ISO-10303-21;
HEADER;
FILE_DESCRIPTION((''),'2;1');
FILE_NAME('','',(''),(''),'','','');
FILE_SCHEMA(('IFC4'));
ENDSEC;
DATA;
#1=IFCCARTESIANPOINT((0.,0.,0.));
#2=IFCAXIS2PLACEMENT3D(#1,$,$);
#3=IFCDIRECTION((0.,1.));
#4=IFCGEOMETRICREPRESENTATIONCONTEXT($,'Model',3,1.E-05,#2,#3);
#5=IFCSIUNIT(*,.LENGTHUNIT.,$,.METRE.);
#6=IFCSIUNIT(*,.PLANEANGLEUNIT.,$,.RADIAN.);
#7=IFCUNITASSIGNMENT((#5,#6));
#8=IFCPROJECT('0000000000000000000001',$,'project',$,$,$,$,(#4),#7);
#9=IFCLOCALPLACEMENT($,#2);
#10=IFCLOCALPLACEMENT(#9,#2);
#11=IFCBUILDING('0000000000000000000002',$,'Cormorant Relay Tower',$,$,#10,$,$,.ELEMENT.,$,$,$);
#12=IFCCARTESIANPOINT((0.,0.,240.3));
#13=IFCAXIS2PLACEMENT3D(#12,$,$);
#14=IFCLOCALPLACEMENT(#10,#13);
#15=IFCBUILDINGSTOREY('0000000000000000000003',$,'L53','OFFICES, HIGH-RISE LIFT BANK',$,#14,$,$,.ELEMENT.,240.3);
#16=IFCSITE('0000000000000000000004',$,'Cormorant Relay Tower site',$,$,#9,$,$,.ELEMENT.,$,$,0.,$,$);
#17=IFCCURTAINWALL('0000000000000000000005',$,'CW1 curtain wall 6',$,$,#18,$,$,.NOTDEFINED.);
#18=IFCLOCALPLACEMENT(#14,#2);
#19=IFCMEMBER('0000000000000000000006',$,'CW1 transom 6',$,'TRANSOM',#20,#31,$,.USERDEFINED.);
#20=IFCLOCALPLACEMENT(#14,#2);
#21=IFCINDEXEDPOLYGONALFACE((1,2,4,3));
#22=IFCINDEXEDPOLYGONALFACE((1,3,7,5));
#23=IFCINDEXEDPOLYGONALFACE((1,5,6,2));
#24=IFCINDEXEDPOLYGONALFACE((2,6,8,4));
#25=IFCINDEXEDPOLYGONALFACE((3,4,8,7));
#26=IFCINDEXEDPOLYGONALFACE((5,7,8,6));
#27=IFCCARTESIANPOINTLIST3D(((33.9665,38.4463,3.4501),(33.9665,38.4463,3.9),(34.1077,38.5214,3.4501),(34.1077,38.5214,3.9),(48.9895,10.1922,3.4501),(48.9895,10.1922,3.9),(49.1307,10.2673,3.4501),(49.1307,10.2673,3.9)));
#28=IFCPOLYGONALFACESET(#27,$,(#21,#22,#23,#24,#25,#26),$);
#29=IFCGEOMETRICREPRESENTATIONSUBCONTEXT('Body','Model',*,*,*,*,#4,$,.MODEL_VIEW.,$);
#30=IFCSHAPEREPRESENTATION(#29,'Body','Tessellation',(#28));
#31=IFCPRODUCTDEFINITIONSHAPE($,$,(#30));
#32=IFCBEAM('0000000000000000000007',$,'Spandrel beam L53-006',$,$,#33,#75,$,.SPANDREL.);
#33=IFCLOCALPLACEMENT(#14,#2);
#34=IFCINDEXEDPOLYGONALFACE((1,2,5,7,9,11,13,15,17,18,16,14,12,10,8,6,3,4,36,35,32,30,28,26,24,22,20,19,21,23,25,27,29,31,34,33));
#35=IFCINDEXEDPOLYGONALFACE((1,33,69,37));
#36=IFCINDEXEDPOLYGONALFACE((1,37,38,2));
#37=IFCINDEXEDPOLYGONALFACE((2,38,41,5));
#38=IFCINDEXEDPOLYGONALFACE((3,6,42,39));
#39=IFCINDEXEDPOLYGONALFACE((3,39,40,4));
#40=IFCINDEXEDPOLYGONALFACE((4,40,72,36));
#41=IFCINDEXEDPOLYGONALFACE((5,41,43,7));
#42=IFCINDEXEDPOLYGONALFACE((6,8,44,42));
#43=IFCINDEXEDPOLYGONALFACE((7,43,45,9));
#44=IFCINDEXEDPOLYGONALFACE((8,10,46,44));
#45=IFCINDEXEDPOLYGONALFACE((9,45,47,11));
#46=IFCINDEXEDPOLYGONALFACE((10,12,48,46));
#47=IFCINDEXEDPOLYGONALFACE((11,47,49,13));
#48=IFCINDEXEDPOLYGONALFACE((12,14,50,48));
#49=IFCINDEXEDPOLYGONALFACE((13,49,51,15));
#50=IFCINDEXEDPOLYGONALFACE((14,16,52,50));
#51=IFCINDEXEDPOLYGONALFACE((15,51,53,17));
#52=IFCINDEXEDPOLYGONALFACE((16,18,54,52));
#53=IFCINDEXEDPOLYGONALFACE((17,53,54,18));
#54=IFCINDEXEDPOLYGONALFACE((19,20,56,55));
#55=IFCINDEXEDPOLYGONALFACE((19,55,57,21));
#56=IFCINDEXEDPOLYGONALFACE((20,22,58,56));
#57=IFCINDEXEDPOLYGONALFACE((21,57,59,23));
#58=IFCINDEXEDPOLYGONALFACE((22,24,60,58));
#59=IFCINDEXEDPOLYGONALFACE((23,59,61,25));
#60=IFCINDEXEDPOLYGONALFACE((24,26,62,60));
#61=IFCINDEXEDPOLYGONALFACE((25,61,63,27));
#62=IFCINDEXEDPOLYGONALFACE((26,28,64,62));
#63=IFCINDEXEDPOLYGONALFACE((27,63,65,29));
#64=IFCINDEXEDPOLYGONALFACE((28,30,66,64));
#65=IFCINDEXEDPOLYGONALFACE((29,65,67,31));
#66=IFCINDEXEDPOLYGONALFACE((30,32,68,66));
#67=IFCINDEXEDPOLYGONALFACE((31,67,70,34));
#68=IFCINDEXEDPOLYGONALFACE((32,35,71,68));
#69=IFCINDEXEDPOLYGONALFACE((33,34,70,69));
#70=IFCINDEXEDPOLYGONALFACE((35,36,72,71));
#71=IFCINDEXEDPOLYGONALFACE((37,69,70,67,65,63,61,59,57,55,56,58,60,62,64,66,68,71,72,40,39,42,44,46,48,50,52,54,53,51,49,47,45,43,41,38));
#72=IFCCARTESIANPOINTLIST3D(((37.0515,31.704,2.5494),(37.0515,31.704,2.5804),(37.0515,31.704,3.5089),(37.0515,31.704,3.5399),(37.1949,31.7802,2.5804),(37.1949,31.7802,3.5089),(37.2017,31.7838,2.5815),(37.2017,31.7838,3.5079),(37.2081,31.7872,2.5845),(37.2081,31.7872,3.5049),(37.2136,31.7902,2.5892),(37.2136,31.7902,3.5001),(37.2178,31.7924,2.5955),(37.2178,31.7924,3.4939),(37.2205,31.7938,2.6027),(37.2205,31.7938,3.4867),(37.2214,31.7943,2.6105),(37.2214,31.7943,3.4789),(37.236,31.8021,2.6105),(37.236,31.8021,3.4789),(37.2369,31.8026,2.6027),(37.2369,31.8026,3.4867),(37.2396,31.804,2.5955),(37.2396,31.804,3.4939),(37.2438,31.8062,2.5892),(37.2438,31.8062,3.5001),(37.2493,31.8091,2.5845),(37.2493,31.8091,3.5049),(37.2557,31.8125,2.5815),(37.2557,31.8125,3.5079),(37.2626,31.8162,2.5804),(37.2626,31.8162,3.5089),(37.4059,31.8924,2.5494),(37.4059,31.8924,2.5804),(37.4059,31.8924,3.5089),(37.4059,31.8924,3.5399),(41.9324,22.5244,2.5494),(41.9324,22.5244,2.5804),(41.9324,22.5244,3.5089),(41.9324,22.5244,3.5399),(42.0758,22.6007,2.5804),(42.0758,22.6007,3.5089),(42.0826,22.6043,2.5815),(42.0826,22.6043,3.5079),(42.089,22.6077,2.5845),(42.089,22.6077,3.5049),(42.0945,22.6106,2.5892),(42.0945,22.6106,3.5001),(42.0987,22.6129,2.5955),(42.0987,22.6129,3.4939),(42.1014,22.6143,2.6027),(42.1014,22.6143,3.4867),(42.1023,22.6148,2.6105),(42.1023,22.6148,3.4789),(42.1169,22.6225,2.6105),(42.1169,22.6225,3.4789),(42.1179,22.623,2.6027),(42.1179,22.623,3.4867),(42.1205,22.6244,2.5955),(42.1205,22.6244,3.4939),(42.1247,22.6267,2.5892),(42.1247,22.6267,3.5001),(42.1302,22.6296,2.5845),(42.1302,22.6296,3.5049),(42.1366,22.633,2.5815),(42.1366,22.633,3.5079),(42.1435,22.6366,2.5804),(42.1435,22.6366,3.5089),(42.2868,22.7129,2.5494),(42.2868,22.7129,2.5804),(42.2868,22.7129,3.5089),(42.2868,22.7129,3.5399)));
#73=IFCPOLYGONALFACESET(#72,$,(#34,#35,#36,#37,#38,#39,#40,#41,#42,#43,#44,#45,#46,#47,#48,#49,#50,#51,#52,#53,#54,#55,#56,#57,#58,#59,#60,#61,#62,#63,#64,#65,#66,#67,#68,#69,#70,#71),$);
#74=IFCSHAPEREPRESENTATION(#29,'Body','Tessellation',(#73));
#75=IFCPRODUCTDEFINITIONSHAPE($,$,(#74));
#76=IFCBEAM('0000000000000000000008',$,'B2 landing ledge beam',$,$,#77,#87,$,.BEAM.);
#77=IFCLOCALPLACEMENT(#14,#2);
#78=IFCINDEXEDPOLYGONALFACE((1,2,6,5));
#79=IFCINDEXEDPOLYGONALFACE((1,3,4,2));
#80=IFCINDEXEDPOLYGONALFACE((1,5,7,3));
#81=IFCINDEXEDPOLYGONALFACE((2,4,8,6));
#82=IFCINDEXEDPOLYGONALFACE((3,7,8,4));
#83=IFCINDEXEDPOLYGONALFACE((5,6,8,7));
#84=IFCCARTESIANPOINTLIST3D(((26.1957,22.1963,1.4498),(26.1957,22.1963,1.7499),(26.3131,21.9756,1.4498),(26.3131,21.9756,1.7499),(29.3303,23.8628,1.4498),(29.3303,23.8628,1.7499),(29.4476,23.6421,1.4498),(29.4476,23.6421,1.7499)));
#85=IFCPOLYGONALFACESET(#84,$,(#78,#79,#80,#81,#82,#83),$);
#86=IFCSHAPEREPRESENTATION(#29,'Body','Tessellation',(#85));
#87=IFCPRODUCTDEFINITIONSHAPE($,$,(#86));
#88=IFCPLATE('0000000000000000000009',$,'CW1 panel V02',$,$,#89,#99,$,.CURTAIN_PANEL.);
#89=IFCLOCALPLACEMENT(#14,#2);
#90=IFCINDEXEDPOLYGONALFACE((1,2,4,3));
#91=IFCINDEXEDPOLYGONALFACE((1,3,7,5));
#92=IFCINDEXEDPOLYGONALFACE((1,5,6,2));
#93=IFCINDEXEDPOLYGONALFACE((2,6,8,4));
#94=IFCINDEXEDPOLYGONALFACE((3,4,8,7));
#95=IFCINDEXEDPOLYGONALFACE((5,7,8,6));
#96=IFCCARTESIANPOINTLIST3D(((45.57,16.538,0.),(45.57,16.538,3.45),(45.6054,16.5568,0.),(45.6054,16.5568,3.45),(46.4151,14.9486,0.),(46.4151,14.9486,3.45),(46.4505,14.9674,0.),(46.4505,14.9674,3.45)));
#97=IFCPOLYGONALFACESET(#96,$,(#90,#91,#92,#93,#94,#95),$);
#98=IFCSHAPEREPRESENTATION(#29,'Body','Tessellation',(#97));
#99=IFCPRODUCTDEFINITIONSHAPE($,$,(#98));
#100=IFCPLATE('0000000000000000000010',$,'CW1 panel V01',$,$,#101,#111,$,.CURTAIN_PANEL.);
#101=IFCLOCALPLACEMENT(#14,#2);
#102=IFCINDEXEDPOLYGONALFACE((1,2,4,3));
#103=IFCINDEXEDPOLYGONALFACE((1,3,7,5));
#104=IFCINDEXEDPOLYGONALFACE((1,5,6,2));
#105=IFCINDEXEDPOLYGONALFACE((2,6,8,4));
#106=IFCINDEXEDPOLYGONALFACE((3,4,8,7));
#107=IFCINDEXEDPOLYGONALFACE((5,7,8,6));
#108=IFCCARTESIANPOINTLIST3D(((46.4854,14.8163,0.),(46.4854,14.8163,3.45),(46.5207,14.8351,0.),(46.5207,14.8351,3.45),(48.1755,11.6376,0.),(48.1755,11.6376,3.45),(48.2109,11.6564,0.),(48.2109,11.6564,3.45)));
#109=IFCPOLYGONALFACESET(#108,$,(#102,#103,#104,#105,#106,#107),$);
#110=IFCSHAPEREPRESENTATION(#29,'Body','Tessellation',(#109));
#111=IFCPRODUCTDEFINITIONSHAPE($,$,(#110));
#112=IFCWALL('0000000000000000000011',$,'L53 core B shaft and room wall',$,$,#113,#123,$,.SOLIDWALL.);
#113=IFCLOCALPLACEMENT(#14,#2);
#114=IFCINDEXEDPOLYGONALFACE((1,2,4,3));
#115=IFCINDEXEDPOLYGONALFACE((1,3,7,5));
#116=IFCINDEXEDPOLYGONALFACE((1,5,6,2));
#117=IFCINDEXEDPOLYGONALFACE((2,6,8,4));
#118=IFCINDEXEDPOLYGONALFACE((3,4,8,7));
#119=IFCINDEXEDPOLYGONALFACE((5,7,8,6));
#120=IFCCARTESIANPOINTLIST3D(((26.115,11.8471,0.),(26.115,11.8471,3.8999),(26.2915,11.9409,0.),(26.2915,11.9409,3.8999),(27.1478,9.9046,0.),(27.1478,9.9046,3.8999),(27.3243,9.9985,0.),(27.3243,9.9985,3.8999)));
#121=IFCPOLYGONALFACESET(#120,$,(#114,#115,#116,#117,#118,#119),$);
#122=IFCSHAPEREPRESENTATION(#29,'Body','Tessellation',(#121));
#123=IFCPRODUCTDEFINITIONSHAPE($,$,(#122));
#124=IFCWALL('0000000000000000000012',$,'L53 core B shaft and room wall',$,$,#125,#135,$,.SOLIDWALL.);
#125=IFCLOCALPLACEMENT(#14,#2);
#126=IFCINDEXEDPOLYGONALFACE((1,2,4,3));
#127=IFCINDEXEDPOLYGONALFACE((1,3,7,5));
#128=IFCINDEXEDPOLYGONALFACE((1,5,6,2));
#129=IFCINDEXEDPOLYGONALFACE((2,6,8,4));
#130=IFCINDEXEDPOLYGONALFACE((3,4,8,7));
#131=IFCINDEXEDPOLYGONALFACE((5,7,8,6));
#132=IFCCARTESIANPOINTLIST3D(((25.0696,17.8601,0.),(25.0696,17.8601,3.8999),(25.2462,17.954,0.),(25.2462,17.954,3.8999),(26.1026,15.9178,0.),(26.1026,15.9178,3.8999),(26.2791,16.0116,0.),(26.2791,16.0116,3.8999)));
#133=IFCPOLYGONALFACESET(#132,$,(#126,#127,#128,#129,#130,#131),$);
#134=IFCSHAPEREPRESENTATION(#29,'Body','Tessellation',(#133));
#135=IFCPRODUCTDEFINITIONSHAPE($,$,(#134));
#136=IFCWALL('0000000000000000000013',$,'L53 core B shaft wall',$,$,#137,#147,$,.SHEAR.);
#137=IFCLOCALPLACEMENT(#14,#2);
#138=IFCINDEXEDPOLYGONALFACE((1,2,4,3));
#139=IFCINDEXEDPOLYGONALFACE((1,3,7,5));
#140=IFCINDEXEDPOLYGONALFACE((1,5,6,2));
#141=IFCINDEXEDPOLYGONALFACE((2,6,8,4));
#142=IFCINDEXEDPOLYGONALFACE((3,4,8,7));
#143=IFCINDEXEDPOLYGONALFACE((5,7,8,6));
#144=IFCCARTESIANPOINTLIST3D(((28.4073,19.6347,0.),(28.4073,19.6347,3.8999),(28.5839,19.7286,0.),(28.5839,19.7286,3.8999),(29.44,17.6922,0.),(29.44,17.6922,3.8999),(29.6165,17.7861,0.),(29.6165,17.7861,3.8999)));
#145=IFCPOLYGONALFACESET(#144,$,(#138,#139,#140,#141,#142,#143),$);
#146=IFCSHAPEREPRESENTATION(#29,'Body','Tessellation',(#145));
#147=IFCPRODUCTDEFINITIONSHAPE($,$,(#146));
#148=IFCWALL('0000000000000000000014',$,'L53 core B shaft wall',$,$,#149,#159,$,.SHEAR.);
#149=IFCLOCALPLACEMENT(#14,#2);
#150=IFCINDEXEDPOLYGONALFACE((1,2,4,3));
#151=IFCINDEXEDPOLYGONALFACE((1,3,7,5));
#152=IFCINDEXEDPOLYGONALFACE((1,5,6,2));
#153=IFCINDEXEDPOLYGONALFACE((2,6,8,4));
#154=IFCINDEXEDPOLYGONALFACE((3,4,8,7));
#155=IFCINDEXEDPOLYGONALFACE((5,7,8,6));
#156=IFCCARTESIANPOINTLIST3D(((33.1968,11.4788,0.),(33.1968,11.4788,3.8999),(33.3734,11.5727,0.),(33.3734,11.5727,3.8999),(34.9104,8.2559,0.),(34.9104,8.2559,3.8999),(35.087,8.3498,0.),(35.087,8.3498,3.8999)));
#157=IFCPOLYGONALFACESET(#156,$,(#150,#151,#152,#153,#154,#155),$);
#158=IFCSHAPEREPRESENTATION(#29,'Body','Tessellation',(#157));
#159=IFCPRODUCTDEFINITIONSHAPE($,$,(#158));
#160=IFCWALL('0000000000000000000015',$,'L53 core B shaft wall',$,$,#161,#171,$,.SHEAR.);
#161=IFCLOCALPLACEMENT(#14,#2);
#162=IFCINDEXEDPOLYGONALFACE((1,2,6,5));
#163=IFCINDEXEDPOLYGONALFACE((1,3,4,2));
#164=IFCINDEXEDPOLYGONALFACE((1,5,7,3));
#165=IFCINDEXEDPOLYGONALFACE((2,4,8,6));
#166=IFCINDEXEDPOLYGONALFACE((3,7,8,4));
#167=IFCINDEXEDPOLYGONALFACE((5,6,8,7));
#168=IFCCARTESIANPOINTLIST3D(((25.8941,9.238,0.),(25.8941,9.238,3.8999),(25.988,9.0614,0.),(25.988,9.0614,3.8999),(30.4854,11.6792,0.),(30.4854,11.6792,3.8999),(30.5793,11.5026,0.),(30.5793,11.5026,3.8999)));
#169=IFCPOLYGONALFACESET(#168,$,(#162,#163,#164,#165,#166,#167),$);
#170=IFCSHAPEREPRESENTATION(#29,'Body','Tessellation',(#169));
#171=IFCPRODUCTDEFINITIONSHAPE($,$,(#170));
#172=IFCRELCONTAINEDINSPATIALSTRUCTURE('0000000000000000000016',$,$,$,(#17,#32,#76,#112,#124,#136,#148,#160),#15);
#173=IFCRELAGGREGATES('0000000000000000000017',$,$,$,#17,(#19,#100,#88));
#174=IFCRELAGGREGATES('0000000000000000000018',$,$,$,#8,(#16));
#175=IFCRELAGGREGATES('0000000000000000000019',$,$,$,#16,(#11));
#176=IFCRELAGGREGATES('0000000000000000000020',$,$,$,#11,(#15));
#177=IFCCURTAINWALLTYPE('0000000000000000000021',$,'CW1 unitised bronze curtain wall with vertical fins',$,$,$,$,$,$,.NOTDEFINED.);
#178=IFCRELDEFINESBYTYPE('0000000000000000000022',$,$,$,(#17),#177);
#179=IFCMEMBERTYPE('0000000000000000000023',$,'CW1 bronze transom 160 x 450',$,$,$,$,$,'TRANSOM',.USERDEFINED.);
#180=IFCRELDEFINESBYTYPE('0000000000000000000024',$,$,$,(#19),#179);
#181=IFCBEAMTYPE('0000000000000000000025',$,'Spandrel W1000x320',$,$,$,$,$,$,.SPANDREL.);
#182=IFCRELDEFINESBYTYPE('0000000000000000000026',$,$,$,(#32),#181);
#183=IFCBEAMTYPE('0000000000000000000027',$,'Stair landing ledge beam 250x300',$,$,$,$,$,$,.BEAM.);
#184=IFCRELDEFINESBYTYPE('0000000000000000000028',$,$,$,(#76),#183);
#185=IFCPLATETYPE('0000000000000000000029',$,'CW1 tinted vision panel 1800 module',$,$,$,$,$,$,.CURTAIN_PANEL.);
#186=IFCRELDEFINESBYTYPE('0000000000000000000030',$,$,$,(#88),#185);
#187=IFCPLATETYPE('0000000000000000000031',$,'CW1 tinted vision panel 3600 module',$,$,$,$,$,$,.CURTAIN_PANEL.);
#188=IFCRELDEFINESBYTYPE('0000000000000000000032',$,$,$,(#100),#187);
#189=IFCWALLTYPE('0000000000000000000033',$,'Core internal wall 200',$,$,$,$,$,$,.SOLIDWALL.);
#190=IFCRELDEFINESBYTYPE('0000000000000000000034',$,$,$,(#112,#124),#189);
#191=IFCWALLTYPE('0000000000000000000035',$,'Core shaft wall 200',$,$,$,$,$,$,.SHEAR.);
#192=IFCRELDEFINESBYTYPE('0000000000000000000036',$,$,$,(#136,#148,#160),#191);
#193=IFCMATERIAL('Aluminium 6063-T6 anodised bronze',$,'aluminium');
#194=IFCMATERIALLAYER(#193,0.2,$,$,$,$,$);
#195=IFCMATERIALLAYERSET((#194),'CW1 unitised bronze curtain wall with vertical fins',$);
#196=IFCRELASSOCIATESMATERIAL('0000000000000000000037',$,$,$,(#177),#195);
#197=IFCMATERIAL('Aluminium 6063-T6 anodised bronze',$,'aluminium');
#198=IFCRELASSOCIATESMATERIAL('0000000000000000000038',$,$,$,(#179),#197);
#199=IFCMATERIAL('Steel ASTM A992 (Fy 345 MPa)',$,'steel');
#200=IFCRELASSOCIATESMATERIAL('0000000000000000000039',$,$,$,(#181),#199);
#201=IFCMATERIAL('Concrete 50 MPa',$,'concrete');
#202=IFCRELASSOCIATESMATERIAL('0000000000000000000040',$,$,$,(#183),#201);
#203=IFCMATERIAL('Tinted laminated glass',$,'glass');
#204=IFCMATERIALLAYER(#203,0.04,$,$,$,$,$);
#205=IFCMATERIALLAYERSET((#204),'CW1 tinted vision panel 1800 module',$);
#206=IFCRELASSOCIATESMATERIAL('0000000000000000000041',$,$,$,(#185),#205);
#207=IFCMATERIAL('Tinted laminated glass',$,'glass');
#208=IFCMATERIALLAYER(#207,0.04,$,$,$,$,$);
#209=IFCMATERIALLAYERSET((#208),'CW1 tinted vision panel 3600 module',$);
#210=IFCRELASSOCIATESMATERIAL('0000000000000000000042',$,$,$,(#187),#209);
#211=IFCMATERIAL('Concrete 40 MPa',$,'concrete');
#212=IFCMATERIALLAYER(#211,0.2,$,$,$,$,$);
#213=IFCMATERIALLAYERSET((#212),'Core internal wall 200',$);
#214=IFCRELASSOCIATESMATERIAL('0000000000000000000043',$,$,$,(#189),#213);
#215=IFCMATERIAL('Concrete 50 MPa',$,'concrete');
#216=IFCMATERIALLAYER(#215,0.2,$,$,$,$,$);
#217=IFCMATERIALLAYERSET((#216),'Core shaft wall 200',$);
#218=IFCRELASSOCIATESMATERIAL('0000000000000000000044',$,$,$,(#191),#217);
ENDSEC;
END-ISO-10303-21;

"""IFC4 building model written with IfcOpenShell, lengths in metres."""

from ifc_helpers import new_model, si_unit, direction, frame, frame_2d, origin, origin_2d, place, context, subcontext, project, spatial, rectangle, i_section, extrude, material, layer, layer_set, material_profile, profile_set, type_object, element, aggregate, save


model = new_model("IFC4")

# Units and contexts
model_context = context("Model", 3, precision=1e-05, world=origin(), true_north=direction((0.0, 1.0)))
body_context = subcontext(model_context, "Body", "Model", "MODEL_VIEW")
ifc_project = project(units=[si_unit("LENGTHUNIT", "METRE"), si_unit("PLANEANGLEUNIT", "RADIAN")], contexts=[model_context])

# Site, building, storey
site_placement = place(None, origin())
site = spatial("IfcSite", under=ifc_project, at=site_placement, Name="Cormorant Relay Tower site", CompositionType="ELEMENT", RefElevation=0.0)
building_placement = place(site_placement, origin())
building = spatial("IfcBuilding", under=site, at=building_placement, Name="Cormorant Relay Tower", CompositionType="ELEMENT")
storey_placement = place(building_placement, frame((0.0, 0.0, 240.3)))
storey = spatial("IfcBuildingStorey", under=building, at=storey_placement, Name="L53", Description="OFFICES, HIGH-RISE LIFT BANK", CompositionType="ELEMENT", Elevation=240.3)

# Curtain wall, member
ifc_material_1 = material(Name="Aluminium 6063-T6 anodised bronze", Category="aluminium")
ifc_layer_1 = layer(ifc_material_1, 0.2)
ifc_layer_set_1 = layer_set([ifc_layer_1], Name="CW1 unitised bronze curtain wall with vertical fins")
curtain_wall_type = type_object("IfcCurtainWallType", Name="CW1 unitised bronze curtain wall with vertical fins", PredefinedType="NOTDEFINED", material=ifc_layer_set_1)
curtain_wall_1_placement = place(storey_placement, origin())
curtain_wall_1 = element("IfcCurtainWall", 1, at=curtain_wall_1_placement, inside=storey, type_object=curtain_wall_type, Name="CW1 curtain wall 6", PredefinedType="NOTDEFINED")
ifc_material_2 = material(Name="Aluminium 6063-T6 anodised bronze", Category="aluminium")
ifc_material_profile_1 = material_profile(ifc_material_2, rectangle(XDim=0.1599, YDim=0.45, at=origin_2d()), Name="AL 160x450")
ifc_profile_set_1 = profile_set([ifc_material_profile_1], Name="Aluminium 6063-T6 anodised bronze")
member_type_1 = type_object("IfcMemberType", Name="CW1 bronze transom 160 x 450", ElementType="TRANSOM", PredefinedType="USERDEFINED", material=ifc_profile_set_1)
member_1_placement = place(storey_placement, frame((49.0601, 10.2297, 3.675), z_axis=(-0.46947, 0.882948, 0.0), x_axis=(-0.882948, -0.46947, 0.0)))
member_1 = element("IfcMember", 2, at=member_1_placement, type_object=member_type_1, Name="CW1 transom 6", ObjectType="TRANSOM", PredefinedType="USERDEFINED", context=body_context, shape_type="SweptSolid", body=[
    extrude(rectangle(XDim=0.1599, YDim=0.45, at=origin_2d()), origin(), (0.0, 0.0, 1.0), 31.9998),
])

# Beams
ifc_material_3 = material(Name="Steel ASTM A992 (Fy 345 MPa)", Category="steel")
ifc_material_profile_2 = material_profile(ifc_material_3, i_section(OverallWidth=0.4014, OverallDepth=0.9905, WebThickness=0.0166, FlangeThickness=0.031, FilletRadius=0.03, at=origin_2d()), Name="W1000x320")
ifc_profile_set_2 = profile_set([ifc_material_profile_2], Name="Steel ASTM A992 (Fy 345 MPa)")
beam_type_1 = type_object("IfcBeamType", Name="Spandrel W1000x320", PredefinedType="SPANDREL", material=ifc_profile_set_2)
beam_1_placement = place(storey_placement, frame((42.1096, 22.6187, 3.0447), z_axis=(-0.469476, 0.882945, 0.0), x_axis=(-0.882945, -0.469476, 0.0)))
element("IfcBeam", 3, at=beam_1_placement, inside=storey, type_object=beam_type_1, Name="Spandrel beam L53-006", PredefinedType="SPANDREL", context=body_context, shape_type="SweptSolid", body=[
    extrude(i_section(OverallWidth=0.4014, OverallDepth=0.9905, WebThickness=0.0166, FlangeThickness=0.031, FilletRadius=0.03, at=origin_2d()), origin(), (0.0, 0.0, 1.0), 10.3965),
])
ifc_material_4 = material(Name="Concrete 50 MPa", Category="concrete")
ifc_material_profile_3 = material_profile(ifc_material_4, rectangle(XDim=0.25, YDim=0.3, at=origin_2d()), Name="RC 250x300")
ifc_profile_set_3 = profile_set([ifc_material_profile_3], Name="Concrete 50 MPa")
beam_type_2 = type_object("IfcBeamType", Name="Stair landing ledge beam 250x300", PredefinedType="BEAM", material=ifc_profile_set_3)
beam_2_placement = place(storey_placement, frame((26.2544, 22.0859, 1.5999), z_axis=(0.882965, 0.469438, 0.0), x_axis=(-0.469438, 0.882965, 0.0)))
element("IfcBeam", 4, at=beam_2_placement, inside=storey, type_object=beam_type_2, Name="B2 landing ledge beam", PredefinedType="BEAM", context=body_context, shape_type="SweptSolid", body=[
    extrude(rectangle(XDim=0.25, YDim=0.3, at=origin_2d()), origin(), (0.0, 0.0, 1.0), 3.55),
])

# Plates
ifc_material_5 = material(Name="Tinted laminated glass", Category="glass")
ifc_layer_2 = layer(ifc_material_5, 0.04)
ifc_layer_set_2 = layer_set([ifc_layer_2], Name="CW1 tinted vision panel 1800 module")
plate_type_1 = type_object("IfcPlateType", Name="CW1 tinted vision panel 1800 module", PredefinedType="CURTAIN_PANEL", material=ifc_layer_set_2)
plate_1_placement = place(storey_placement, frame((46.0103, 15.7527, 0.0), z_axis=(0.0, 0.0, 1.0), x_axis=(-0.469472, 0.882948, 0.0)))
plate_1 = element("IfcPlate", 5, at=plate_1_placement, type_object=plate_type_1, Name="CW1 panel V02", PredefinedType="CURTAIN_PANEL", context=body_context, shape_type="SweptSolid", body=[
    extrude(rectangle(XDim=1.8, YDim=0.04, at=origin_2d()), origin(), (0.0, 0.0, 1.0), 3.45),
])
ifc_material_6 = material(Name="Tinted laminated glass", Category="glass")
ifc_layer_3 = layer(ifc_material_6, 0.04)
ifc_layer_set_3 = layer_set([ifc_layer_3], Name="CW1 tinted vision panel 3600 module")
plate_type_2 = type_object("IfcPlateType", Name="CW1 tinted vision panel 3600 module", PredefinedType="CURTAIN_PANEL", material=ifc_layer_set_3)
plate_2_placement = place(storey_placement, frame((47.3481, 13.2363, 0.0), z_axis=(0.0, 0.0, 1.0), x_axis=(-0.469472, 0.882948, 0.0)))
plate_2 = element("IfcPlate", 6, at=plate_2_placement, type_object=plate_type_2, Name="CW1 panel V01", PredefinedType="CURTAIN_PANEL", context=body_context, shape_type="SweptSolid", body=[
    extrude(rectangle(XDim=3.6001, YDim=0.04, at=origin_2d()), origin(), (0.0, 0.0, 1.0), 3.45),
])

# Walls
ifc_material_7 = material(Name="Concrete 40 MPa", Category="concrete")
ifc_layer_4 = layer(ifc_material_7, 0.2)
ifc_layer_set_4 = layer_set([ifc_layer_4], Name="Core internal wall 200")
wall_type_1 = type_object("IfcWallType", Name="Core internal wall 200", PredefinedType="SOLIDWALL", material=ifc_layer_set_4)
for number, where, z_axis, x_axis, name in (
    (7, (27.2361, 9.9514, 0.0), (0.0, 0.0, 1.0), (-0.469447, 0.88296, 0.0), "L53 core B shaft and room wall"),
    (8, (26.1909, 15.9646, 0.0), (0.0, 0.0, 1.0), (-0.469534, 0.882914, 0.0), "L53 core B shaft and room wall"),
):
    element("IfcWall", number, at=place(storey_placement, frame(where, z_axis=z_axis, x_axis=x_axis)), inside=storey, type_object=wall_type_1, Name=name, PredefinedType="SOLIDWALL", context=body_context, shape_type="SweptSolid", body=[
        extrude(rectangle(XDim=2.2, YDim=0.2, at=frame_2d((1.1001, 0.0))), origin(), (0.0, 0.0, 1.0), 3.8999),
    ])
ifc_material_8 = material(Name="Concrete 50 MPa", Category="concrete")
ifc_layer_5 = layer(ifc_material_8, 0.2)
ifc_layer_set_5 = layer_set([ifc_layer_5], Name="Core shaft wall 200")
wall_type_2 = type_object("IfcWallType", Name="Core shaft wall 200", PredefinedType="SHEAR", material=ifc_layer_set_5)
wall_1_placement = place(storey_placement, frame((29.5283, 17.739, 0.0), z_axis=(0.0, 0.0, 1.0), x_axis=(-0.469401, 0.882985, 0.0)))
element("IfcWall", 9, at=wall_1_placement, inside=storey, type_object=wall_type_2, Name="L53 core B shaft wall", PredefinedType="SHEAR", context=body_context, shape_type="SweptSolid", body=[
    extrude(rectangle(XDim=2.2, YDim=0.2, at=frame_2d((1.1001, 0.0))), origin(), (0.0, 0.0, 1.0), 3.8999),
])
wall_2_placement = place(storey_placement, frame((34.9988, 8.3027, 0.0), z_axis=(0.0, 0.0, 1.0), x_axis=(-0.469467, 0.88295, 0.0)))
element("IfcWall", 10, at=wall_2_placement, inside=storey, type_object=wall_type_2, Name="L53 core B shaft wall", PredefinedType="SHEAR", context=body_context, shape_type="SweptSolid", body=[
    extrude(rectangle(XDim=3.6501, YDim=0.2, at=frame_2d((1.8252, 0.0))), origin(), (0.0, 0.0, 1.0), 3.8999),
])

# Wall
wall_3_placement = place(storey_placement, frame((25.9409, 9.1497, 0.0), z_axis=(0.0, 0.0, 1.0), x_axis=(0.882954, 0.46946, 0.0)))
element("IfcWall", 11, at=wall_3_placement, inside=storey, type_object=wall_type_2, Name="L53 core B shaft wall", PredefinedType="SHEAR", context=body_context, shape_type="SweptSolid", body=[
    extrude(rectangle(XDim=5.2, YDim=0.2, at=frame_2d((2.6001, 0.0))), origin(), (0.0, 0.0, 1.0), 3.8999),
])

aggregate(curtain_wall_1, [member_1, plate_2, plate_1])

save(model, "model.ifc")
